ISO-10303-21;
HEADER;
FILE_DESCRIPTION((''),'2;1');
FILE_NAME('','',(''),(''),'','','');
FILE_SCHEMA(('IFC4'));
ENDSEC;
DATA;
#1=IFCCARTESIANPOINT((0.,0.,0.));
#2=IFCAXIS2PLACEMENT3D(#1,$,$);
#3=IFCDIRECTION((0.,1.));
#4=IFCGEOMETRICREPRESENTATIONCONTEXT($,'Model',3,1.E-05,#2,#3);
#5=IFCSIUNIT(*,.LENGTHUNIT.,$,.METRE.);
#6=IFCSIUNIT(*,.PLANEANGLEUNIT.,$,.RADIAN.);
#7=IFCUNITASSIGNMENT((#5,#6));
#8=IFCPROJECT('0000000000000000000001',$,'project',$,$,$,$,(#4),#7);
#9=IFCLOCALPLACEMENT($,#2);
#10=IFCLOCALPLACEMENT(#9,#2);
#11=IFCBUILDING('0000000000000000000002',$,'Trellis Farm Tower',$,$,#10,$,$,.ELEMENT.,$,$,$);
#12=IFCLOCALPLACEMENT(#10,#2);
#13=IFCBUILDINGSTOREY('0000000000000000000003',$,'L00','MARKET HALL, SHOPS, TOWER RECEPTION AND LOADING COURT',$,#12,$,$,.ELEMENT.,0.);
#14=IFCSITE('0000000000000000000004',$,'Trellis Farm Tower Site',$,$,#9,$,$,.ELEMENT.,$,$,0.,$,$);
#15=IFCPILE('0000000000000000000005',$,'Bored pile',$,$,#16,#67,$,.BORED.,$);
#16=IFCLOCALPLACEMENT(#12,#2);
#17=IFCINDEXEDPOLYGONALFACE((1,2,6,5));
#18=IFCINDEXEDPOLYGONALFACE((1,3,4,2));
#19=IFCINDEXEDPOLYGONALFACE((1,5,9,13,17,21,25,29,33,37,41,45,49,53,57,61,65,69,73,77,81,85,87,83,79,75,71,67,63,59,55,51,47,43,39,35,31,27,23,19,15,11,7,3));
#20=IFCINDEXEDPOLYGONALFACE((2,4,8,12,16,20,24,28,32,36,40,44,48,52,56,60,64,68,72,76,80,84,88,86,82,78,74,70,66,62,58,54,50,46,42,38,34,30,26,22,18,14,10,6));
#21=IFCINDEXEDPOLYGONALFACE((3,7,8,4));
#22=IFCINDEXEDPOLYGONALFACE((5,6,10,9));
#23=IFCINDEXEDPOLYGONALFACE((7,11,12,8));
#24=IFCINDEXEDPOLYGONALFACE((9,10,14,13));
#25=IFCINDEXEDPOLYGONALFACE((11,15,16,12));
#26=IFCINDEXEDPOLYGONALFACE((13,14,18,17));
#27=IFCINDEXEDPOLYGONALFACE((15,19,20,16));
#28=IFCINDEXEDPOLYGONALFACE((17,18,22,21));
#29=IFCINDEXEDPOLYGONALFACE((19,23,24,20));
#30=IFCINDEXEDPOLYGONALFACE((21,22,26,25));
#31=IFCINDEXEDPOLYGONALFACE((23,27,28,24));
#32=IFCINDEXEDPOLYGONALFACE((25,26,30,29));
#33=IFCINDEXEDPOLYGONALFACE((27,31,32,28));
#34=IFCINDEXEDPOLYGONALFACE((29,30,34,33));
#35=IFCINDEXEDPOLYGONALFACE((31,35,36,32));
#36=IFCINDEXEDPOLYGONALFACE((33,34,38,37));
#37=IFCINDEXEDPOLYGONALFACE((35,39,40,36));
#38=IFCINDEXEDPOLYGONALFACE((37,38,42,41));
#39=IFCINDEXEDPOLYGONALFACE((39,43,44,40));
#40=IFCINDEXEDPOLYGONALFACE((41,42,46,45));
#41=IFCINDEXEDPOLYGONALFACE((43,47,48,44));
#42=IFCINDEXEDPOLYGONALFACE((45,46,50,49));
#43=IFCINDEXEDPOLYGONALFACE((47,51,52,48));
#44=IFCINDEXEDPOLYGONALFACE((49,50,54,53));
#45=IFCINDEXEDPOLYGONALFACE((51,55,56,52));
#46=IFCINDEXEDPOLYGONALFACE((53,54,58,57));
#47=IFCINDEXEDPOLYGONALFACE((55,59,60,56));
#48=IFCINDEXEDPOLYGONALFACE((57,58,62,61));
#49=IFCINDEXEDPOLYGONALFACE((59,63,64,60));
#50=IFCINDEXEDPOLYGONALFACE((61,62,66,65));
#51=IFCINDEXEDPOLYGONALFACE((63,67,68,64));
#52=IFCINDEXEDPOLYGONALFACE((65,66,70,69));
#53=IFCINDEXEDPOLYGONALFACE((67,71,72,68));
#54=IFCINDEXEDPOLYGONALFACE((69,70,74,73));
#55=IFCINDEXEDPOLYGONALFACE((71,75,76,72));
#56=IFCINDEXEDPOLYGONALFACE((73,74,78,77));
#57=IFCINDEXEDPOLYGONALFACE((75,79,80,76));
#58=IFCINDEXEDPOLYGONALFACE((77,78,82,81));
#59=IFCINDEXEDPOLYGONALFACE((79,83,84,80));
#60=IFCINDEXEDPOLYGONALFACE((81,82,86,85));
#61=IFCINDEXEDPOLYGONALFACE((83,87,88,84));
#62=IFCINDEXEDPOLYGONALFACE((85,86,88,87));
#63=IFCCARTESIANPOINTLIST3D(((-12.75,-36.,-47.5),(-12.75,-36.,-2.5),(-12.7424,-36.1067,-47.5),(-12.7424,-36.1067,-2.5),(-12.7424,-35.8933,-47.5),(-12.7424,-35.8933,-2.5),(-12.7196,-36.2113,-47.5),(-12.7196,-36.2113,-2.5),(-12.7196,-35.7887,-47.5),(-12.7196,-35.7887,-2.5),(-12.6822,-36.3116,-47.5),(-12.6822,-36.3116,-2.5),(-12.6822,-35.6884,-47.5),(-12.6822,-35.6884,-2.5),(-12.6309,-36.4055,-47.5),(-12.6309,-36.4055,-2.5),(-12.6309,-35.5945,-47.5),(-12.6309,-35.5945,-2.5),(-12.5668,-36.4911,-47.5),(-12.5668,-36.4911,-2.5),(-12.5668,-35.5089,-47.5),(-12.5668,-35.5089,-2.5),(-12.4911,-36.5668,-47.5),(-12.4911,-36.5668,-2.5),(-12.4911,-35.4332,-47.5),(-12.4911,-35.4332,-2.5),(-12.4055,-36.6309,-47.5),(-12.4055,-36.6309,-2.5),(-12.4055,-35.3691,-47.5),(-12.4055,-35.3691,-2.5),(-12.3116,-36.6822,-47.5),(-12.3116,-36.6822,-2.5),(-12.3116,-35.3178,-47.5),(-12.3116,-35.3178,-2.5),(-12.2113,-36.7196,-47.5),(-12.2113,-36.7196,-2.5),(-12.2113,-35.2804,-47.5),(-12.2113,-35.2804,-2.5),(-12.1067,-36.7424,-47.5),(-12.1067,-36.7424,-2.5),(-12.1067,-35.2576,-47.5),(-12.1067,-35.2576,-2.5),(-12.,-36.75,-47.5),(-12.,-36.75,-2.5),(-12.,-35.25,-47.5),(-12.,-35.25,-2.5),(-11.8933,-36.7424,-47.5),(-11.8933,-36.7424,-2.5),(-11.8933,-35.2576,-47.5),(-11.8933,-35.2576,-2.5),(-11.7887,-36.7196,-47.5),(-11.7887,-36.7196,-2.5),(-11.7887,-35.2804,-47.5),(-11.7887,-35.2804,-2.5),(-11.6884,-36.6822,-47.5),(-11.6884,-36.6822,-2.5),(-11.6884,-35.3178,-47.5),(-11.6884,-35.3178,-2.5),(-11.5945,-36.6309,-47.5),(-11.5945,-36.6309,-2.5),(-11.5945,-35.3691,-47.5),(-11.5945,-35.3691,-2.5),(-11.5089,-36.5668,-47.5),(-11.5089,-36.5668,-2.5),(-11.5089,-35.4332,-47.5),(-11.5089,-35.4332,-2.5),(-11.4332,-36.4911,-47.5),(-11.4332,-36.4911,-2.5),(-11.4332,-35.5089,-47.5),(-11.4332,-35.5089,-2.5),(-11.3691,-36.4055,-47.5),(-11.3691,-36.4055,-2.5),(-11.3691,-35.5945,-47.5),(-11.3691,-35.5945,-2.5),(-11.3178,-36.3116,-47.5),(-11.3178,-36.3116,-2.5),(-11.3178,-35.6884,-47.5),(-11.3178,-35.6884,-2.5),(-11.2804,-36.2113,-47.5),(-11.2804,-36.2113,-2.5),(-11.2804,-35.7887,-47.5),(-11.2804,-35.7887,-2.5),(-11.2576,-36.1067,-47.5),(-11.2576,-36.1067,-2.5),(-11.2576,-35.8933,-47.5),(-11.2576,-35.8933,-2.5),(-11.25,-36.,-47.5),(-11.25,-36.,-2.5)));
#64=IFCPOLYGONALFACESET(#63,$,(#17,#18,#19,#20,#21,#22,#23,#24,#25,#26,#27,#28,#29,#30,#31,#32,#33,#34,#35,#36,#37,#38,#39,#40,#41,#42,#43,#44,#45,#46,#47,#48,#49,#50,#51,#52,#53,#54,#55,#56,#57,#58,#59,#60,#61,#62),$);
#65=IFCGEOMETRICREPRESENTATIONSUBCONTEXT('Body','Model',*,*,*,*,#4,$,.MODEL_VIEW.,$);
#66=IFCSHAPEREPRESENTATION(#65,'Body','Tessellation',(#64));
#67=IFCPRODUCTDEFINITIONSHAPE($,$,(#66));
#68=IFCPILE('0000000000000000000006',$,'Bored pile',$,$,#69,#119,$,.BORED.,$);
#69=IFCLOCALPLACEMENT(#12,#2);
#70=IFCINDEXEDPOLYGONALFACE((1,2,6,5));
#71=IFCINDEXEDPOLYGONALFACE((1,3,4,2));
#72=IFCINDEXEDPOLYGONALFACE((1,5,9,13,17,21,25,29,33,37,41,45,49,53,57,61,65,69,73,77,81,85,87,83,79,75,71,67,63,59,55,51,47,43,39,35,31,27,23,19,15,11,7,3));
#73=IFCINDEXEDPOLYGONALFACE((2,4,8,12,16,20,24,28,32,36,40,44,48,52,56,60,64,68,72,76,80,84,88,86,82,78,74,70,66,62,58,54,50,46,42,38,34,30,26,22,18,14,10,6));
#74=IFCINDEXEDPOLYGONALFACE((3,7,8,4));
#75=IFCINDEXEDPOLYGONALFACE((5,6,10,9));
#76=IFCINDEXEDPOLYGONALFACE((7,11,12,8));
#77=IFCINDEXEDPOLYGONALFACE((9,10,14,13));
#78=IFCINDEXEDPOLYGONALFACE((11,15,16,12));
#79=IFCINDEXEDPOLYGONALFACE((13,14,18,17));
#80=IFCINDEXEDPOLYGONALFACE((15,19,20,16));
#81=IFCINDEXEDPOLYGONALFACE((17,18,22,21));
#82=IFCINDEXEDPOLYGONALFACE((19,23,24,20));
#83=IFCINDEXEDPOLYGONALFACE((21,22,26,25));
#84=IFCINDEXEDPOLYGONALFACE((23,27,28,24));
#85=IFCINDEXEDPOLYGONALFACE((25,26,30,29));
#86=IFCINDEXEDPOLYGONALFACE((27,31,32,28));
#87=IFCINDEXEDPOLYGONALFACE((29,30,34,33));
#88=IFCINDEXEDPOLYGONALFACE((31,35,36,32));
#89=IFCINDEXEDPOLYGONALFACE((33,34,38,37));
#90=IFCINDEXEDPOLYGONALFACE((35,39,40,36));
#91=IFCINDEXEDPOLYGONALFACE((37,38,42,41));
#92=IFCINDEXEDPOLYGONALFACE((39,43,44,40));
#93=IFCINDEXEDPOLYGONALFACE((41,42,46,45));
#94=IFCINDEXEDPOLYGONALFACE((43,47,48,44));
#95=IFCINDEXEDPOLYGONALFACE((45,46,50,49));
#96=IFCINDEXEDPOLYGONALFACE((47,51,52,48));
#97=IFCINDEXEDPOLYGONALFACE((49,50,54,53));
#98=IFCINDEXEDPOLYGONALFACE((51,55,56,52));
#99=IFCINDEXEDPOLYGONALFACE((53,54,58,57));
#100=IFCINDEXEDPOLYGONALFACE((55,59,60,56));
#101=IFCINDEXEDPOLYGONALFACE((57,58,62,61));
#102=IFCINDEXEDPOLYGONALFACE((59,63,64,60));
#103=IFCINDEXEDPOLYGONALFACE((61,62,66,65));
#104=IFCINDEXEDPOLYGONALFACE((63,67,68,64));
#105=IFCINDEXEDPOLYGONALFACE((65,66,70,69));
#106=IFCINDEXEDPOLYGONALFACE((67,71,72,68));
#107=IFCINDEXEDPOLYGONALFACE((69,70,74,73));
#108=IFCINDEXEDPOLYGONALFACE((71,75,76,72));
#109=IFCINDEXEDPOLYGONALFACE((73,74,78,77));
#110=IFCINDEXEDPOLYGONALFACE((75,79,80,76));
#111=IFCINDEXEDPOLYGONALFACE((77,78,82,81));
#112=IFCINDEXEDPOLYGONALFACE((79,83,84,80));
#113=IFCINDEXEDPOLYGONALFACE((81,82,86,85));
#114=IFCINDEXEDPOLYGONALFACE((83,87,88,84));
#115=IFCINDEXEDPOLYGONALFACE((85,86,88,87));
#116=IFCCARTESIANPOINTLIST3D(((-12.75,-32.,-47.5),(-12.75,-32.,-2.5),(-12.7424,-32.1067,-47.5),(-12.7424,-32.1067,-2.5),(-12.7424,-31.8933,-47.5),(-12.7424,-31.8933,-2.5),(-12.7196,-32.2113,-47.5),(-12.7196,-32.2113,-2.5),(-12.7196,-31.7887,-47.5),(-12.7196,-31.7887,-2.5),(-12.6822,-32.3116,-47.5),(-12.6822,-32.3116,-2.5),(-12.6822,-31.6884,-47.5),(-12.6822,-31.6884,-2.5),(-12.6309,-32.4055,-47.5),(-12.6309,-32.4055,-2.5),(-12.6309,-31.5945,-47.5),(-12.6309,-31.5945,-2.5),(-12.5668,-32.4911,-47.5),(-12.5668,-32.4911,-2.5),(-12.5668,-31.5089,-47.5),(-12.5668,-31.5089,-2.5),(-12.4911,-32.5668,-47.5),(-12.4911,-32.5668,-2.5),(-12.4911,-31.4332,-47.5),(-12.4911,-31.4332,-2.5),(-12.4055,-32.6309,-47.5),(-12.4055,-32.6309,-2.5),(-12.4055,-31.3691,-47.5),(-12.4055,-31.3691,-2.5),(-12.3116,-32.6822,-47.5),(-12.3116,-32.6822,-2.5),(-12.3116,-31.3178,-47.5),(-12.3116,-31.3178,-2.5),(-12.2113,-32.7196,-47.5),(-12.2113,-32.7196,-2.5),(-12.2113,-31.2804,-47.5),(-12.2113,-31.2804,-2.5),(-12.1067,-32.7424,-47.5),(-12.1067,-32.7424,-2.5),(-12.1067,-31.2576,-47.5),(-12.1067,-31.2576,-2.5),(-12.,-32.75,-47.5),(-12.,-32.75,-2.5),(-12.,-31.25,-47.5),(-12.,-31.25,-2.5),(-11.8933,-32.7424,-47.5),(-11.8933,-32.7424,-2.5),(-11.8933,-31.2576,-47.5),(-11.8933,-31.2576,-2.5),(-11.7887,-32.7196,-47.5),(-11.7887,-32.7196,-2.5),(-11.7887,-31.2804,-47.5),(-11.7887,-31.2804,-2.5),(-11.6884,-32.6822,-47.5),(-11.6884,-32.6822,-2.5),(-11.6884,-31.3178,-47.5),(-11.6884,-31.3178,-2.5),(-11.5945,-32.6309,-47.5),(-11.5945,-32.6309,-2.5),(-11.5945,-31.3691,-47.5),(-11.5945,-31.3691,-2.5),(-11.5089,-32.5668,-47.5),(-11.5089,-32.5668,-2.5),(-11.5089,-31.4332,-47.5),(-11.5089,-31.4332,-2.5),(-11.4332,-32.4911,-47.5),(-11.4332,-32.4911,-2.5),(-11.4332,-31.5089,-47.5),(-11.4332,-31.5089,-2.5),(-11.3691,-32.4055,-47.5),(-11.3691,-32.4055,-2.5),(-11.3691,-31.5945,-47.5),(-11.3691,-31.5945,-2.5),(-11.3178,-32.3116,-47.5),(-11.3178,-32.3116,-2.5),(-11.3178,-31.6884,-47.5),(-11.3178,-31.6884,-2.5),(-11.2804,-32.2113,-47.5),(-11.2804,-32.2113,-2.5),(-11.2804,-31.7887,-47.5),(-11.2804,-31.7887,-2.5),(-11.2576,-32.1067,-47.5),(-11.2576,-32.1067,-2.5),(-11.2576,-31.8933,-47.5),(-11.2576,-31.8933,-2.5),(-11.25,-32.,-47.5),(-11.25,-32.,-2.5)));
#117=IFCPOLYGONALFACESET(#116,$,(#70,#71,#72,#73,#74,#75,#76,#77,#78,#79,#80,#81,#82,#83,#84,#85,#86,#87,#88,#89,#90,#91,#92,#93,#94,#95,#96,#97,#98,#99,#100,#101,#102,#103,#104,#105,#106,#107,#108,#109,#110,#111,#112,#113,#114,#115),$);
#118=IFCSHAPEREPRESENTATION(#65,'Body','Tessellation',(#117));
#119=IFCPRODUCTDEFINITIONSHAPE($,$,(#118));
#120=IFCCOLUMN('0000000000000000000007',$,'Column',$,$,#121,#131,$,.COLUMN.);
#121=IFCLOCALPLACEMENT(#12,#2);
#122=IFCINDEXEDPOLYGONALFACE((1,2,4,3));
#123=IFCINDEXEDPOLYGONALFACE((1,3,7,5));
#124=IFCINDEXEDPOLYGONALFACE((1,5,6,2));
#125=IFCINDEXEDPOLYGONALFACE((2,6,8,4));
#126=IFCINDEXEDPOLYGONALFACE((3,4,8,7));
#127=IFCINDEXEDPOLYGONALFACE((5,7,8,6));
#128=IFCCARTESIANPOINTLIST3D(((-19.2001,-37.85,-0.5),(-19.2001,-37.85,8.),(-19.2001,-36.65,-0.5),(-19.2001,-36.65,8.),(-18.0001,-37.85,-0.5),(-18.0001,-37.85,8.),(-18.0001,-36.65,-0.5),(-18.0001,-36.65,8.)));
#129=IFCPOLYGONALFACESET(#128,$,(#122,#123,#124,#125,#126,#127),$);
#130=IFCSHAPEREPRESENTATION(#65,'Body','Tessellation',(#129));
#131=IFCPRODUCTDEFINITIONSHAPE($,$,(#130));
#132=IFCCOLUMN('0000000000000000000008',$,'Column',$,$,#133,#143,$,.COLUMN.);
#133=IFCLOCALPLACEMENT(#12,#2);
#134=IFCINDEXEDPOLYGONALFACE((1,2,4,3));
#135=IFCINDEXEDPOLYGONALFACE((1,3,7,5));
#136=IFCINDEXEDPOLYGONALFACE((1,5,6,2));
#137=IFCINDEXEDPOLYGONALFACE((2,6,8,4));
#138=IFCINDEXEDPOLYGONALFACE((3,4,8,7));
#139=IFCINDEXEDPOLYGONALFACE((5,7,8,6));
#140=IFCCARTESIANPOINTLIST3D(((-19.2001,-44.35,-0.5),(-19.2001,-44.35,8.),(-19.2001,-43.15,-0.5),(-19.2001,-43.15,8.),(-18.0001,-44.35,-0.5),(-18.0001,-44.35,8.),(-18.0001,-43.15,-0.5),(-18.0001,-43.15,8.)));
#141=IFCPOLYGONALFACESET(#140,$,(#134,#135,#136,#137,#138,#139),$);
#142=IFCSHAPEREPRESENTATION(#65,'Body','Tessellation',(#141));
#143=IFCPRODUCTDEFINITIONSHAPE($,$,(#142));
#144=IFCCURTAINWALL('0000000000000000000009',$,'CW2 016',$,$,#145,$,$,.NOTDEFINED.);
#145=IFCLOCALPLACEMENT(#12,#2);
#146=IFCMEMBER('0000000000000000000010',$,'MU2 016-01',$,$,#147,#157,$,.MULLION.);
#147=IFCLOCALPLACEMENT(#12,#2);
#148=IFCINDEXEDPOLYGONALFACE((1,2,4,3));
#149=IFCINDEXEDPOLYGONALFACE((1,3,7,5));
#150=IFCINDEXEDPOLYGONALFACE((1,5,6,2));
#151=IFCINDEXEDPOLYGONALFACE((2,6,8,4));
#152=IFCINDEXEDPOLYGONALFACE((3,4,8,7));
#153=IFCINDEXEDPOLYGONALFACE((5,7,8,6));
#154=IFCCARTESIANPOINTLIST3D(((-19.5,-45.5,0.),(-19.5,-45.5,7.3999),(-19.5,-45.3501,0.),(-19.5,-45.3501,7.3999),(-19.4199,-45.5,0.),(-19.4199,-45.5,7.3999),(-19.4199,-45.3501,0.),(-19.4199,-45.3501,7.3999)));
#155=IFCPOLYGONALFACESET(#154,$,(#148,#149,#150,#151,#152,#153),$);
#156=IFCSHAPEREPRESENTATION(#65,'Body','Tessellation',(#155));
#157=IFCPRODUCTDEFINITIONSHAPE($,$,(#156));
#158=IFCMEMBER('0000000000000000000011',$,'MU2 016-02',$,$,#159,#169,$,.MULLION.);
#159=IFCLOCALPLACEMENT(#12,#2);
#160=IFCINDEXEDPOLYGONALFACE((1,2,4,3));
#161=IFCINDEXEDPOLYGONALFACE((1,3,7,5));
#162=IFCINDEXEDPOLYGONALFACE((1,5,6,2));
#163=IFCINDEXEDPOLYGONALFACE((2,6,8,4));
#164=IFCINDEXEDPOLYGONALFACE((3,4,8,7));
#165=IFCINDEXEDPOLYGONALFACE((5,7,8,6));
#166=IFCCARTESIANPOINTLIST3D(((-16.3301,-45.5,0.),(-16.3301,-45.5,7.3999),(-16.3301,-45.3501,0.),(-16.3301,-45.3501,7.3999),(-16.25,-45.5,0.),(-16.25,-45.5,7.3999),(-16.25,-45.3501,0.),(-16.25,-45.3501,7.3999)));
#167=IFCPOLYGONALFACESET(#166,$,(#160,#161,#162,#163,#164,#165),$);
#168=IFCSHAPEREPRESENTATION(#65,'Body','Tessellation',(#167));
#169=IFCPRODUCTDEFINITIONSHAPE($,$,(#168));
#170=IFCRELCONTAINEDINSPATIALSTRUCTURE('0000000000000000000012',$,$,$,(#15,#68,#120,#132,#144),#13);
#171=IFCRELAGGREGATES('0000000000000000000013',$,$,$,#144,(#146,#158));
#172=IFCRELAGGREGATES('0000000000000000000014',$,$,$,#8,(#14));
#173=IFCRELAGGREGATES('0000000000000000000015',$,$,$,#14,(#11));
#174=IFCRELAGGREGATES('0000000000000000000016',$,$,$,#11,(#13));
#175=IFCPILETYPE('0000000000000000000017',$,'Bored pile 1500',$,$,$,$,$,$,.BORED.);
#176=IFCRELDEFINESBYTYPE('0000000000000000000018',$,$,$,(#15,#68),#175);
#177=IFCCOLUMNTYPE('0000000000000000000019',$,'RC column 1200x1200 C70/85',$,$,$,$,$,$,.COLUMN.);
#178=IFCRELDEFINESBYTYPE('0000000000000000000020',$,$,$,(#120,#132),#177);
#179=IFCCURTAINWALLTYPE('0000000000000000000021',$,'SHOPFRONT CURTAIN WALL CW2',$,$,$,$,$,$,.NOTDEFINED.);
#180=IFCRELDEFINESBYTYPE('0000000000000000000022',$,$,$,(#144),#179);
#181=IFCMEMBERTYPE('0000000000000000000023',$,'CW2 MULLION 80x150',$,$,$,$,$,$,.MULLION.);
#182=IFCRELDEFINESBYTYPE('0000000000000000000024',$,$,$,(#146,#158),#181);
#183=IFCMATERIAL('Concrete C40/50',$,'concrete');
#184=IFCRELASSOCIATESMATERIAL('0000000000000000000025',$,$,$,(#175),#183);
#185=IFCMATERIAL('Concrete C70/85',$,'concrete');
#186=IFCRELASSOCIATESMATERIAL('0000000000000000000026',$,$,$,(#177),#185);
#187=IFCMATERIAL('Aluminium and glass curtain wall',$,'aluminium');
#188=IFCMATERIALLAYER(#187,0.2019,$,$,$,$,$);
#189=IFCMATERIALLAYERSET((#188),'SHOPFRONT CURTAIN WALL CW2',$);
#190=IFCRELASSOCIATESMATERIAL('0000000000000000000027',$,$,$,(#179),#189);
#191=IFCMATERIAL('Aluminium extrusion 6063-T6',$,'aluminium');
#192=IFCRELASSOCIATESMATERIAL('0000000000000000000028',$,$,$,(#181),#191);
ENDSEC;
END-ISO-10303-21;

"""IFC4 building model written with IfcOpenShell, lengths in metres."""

from ifc_helpers import new_model, si_unit, direction, frame, origin, origin_2d, place, context, subcontext, project, spatial, rectangle, circle, extrude, source, transform, mapped, material, layer, layer_set, material_profile, profile_set, type_object, element, aggregate, save


model = new_model("IFC4")

# Units and contexts
model_context = context("Model", 3, precision=1e-05, world=origin(), true_north=direction((0.0, 1.0)))
body_context = subcontext(model_context, "Body", "Model", "MODEL_VIEW")
ifc_project = project(units=[si_unit("LENGTHUNIT", "METRE"), si_unit("PLANEANGLEUNIT", "RADIAN")], contexts=[model_context])

# Site, building, storey
site_placement = place(None, origin())
site = spatial("IfcSite", under=ifc_project, at=site_placement, Name="Trellis Farm Tower Site", CompositionType="ELEMENT", RefElevation=0.0)
building_placement = place(site_placement, origin())
building = spatial("IfcBuilding", under=site, at=building_placement, Name="Trellis Farm Tower", CompositionType="ELEMENT")
storey_placement = place(building_placement, origin())
storey = spatial("IfcBuildingStorey", under=building, at=storey_placement, Name="L00", Description="MARKET HALL, SHOPS, TOWER RECEPTION AND LOADING COURT", CompositionType="ELEMENT", Elevation=0.0)

# Piles
ifc_material_1 = material(Name="Concrete C40/50", Category="concrete")
ifc_material_profile_1 = material_profile(ifc_material_1, circle(Radius=0.75, at=origin_2d()), Name="Bored pile 1500")
ifc_profile_set_1 = profile_set([ifc_material_profile_1], Name="Concrete C40/50")
pile_type = type_object("IfcPileType", Name="Bored pile 1500", PredefinedType="BORED", material=ifc_profile_set_1)
shared_shape_1 = source(origin(), body_context, "Body", "SweptSolid", [
    extrude(circle(Radius=0.75, at=origin_2d()), origin(), (0.0, 0.0, 1.0), 45.0),
])
for number, where, z_axis, x_axis, name in (
    (1, (-12.0, -36.0, -2.5), (0.0, 0.0, -1.0), (1.0, 0.0, 0.0), "Bored pile"),
    (2, (-12.0, -32.0, -2.5), (0.0, 0.0, -1.0), (1.0, 0.0, 0.0), "Bored pile"),
):
    element("IfcPile", number, at=place(storey_placement, frame(where, z_axis=z_axis, x_axis=x_axis)), inside=storey, type_object=pile_type, Name=name, PredefinedType="BORED", context=body_context, shape_type="MappedRepresentation", body=[
        mapped(shared_shape_1, transform((0.0, 0.0, 0.0))),
    ])

# Columns
ifc_material_2 = material(Name="Concrete C70/85", Category="concrete")
ifc_material_profile_2 = material_profile(ifc_material_2, rectangle(XDim=1.2, YDim=1.2, at=origin_2d()), Name="RC column 1200x1200 C70/85")
ifc_profile_set_2 = profile_set([ifc_material_profile_2], Name="Concrete C70/85")
column_type = type_object("IfcColumnType", Name="RC column 1200x1200 C70/85", PredefinedType="COLUMN", material=ifc_profile_set_2)
shared_shape_2 = source(origin(), body_context, "Body", "SweptSolid", [
    extrude(rectangle(XDim=1.2, YDim=1.2, at=origin_2d()), origin(), (0.0, 0.0, 1.0), 8.5),
])
for number, where, z_axis, x_axis, name in (
    (3, (-18.6001, -37.25, -0.5), (0.0, 0.0, 1.0), (1.0, 0.0, 0.0), "Column"),
    (4, (-18.6001, -43.75, -0.5), (0.0, 0.0, 1.0), (1.0, 0.0, 0.0), "Column"),
):
    element("IfcColumn", number, at=place(storey_placement, frame(where, z_axis=z_axis, x_axis=x_axis)), inside=storey, type_object=column_type, Name=name, PredefinedType="COLUMN", context=body_context, shape_type="MappedRepresentation", body=[
        mapped(shared_shape_2, transform((0.0, 0.0, 0.0))),
    ])

# Curtain wall, members
ifc_material_3 = material(Name="Aluminium and glass curtain wall", Category="aluminium")
ifc_layer_1 = layer(ifc_material_3, 0.2019)
ifc_layer_set_1 = layer_set([ifc_layer_1], Name="SHOPFRONT CURTAIN WALL CW2")
curtain_wall_type = type_object("IfcCurtainWallType", Name="SHOPFRONT CURTAIN WALL CW2", PredefinedType="NOTDEFINED", material=ifc_layer_set_1)
curtain_wall_placement = place(storey_placement, origin())
curtain_wall = element("IfcCurtainWall", 5, at=curtain_wall_placement, inside=storey, type_object=curtain_wall_type, Name="CW2 016", PredefinedType="NOTDEFINED")
ifc_material_4 = material(Name="Aluminium extrusion 6063-T6", Category="aluminium")
ifc_material_profile_3 = material_profile(ifc_material_4, rectangle(XDim=0.0801, YDim=0.1499, at=origin_2d()), Name="MULLION 80x150")
ifc_profile_set_3 = profile_set([ifc_material_profile_3], Name="Aluminium extrusion 6063-T6")
member_type = type_object("IfcMemberType", Name="CW2 MULLION 80x150", PredefinedType="MULLION", material=ifc_profile_set_3)
shared_shape_3 = source(origin(), body_context, "Body", "SweptSolid", [
    extrude(rectangle(XDim=0.0801, YDim=0.1499, at=origin_2d()), origin(), (0.0, 0.0, 1.0), 7.3999),
])
member_1_placement = place(storey_placement, frame((-19.46, -45.425, 0.0), z_axis=(0.0, 0.0, 1.0), x_axis=(1.0, 0.0, 0.0)))
member_1 = element("IfcMember", 6, at=member_1_placement, type_object=member_type, Name="MU2 016-01", PredefinedType="MULLION", context=body_context, shape_type="MappedRepresentation", body=[
    mapped(shared_shape_3, transform((0.0, 0.0, 0.0))),
])
member_2_placement = place(storey_placement, frame((-16.29, -45.425, 0.0), z_axis=(0.0, 0.0, 1.0), x_axis=(1.0, 0.0, 0.0)))
member_2 = element("IfcMember", 7, at=member_2_placement, type_object=member_type, Name="MU2 016-02", PredefinedType="MULLION", context=body_context, shape_type="MappedRepresentation", body=[
    mapped(shared_shape_3, transform((0.0, 0.0, 0.0))),
])
aggregate(curtain_wall, [member_1, member_2])

save(model, "model.ifc")
